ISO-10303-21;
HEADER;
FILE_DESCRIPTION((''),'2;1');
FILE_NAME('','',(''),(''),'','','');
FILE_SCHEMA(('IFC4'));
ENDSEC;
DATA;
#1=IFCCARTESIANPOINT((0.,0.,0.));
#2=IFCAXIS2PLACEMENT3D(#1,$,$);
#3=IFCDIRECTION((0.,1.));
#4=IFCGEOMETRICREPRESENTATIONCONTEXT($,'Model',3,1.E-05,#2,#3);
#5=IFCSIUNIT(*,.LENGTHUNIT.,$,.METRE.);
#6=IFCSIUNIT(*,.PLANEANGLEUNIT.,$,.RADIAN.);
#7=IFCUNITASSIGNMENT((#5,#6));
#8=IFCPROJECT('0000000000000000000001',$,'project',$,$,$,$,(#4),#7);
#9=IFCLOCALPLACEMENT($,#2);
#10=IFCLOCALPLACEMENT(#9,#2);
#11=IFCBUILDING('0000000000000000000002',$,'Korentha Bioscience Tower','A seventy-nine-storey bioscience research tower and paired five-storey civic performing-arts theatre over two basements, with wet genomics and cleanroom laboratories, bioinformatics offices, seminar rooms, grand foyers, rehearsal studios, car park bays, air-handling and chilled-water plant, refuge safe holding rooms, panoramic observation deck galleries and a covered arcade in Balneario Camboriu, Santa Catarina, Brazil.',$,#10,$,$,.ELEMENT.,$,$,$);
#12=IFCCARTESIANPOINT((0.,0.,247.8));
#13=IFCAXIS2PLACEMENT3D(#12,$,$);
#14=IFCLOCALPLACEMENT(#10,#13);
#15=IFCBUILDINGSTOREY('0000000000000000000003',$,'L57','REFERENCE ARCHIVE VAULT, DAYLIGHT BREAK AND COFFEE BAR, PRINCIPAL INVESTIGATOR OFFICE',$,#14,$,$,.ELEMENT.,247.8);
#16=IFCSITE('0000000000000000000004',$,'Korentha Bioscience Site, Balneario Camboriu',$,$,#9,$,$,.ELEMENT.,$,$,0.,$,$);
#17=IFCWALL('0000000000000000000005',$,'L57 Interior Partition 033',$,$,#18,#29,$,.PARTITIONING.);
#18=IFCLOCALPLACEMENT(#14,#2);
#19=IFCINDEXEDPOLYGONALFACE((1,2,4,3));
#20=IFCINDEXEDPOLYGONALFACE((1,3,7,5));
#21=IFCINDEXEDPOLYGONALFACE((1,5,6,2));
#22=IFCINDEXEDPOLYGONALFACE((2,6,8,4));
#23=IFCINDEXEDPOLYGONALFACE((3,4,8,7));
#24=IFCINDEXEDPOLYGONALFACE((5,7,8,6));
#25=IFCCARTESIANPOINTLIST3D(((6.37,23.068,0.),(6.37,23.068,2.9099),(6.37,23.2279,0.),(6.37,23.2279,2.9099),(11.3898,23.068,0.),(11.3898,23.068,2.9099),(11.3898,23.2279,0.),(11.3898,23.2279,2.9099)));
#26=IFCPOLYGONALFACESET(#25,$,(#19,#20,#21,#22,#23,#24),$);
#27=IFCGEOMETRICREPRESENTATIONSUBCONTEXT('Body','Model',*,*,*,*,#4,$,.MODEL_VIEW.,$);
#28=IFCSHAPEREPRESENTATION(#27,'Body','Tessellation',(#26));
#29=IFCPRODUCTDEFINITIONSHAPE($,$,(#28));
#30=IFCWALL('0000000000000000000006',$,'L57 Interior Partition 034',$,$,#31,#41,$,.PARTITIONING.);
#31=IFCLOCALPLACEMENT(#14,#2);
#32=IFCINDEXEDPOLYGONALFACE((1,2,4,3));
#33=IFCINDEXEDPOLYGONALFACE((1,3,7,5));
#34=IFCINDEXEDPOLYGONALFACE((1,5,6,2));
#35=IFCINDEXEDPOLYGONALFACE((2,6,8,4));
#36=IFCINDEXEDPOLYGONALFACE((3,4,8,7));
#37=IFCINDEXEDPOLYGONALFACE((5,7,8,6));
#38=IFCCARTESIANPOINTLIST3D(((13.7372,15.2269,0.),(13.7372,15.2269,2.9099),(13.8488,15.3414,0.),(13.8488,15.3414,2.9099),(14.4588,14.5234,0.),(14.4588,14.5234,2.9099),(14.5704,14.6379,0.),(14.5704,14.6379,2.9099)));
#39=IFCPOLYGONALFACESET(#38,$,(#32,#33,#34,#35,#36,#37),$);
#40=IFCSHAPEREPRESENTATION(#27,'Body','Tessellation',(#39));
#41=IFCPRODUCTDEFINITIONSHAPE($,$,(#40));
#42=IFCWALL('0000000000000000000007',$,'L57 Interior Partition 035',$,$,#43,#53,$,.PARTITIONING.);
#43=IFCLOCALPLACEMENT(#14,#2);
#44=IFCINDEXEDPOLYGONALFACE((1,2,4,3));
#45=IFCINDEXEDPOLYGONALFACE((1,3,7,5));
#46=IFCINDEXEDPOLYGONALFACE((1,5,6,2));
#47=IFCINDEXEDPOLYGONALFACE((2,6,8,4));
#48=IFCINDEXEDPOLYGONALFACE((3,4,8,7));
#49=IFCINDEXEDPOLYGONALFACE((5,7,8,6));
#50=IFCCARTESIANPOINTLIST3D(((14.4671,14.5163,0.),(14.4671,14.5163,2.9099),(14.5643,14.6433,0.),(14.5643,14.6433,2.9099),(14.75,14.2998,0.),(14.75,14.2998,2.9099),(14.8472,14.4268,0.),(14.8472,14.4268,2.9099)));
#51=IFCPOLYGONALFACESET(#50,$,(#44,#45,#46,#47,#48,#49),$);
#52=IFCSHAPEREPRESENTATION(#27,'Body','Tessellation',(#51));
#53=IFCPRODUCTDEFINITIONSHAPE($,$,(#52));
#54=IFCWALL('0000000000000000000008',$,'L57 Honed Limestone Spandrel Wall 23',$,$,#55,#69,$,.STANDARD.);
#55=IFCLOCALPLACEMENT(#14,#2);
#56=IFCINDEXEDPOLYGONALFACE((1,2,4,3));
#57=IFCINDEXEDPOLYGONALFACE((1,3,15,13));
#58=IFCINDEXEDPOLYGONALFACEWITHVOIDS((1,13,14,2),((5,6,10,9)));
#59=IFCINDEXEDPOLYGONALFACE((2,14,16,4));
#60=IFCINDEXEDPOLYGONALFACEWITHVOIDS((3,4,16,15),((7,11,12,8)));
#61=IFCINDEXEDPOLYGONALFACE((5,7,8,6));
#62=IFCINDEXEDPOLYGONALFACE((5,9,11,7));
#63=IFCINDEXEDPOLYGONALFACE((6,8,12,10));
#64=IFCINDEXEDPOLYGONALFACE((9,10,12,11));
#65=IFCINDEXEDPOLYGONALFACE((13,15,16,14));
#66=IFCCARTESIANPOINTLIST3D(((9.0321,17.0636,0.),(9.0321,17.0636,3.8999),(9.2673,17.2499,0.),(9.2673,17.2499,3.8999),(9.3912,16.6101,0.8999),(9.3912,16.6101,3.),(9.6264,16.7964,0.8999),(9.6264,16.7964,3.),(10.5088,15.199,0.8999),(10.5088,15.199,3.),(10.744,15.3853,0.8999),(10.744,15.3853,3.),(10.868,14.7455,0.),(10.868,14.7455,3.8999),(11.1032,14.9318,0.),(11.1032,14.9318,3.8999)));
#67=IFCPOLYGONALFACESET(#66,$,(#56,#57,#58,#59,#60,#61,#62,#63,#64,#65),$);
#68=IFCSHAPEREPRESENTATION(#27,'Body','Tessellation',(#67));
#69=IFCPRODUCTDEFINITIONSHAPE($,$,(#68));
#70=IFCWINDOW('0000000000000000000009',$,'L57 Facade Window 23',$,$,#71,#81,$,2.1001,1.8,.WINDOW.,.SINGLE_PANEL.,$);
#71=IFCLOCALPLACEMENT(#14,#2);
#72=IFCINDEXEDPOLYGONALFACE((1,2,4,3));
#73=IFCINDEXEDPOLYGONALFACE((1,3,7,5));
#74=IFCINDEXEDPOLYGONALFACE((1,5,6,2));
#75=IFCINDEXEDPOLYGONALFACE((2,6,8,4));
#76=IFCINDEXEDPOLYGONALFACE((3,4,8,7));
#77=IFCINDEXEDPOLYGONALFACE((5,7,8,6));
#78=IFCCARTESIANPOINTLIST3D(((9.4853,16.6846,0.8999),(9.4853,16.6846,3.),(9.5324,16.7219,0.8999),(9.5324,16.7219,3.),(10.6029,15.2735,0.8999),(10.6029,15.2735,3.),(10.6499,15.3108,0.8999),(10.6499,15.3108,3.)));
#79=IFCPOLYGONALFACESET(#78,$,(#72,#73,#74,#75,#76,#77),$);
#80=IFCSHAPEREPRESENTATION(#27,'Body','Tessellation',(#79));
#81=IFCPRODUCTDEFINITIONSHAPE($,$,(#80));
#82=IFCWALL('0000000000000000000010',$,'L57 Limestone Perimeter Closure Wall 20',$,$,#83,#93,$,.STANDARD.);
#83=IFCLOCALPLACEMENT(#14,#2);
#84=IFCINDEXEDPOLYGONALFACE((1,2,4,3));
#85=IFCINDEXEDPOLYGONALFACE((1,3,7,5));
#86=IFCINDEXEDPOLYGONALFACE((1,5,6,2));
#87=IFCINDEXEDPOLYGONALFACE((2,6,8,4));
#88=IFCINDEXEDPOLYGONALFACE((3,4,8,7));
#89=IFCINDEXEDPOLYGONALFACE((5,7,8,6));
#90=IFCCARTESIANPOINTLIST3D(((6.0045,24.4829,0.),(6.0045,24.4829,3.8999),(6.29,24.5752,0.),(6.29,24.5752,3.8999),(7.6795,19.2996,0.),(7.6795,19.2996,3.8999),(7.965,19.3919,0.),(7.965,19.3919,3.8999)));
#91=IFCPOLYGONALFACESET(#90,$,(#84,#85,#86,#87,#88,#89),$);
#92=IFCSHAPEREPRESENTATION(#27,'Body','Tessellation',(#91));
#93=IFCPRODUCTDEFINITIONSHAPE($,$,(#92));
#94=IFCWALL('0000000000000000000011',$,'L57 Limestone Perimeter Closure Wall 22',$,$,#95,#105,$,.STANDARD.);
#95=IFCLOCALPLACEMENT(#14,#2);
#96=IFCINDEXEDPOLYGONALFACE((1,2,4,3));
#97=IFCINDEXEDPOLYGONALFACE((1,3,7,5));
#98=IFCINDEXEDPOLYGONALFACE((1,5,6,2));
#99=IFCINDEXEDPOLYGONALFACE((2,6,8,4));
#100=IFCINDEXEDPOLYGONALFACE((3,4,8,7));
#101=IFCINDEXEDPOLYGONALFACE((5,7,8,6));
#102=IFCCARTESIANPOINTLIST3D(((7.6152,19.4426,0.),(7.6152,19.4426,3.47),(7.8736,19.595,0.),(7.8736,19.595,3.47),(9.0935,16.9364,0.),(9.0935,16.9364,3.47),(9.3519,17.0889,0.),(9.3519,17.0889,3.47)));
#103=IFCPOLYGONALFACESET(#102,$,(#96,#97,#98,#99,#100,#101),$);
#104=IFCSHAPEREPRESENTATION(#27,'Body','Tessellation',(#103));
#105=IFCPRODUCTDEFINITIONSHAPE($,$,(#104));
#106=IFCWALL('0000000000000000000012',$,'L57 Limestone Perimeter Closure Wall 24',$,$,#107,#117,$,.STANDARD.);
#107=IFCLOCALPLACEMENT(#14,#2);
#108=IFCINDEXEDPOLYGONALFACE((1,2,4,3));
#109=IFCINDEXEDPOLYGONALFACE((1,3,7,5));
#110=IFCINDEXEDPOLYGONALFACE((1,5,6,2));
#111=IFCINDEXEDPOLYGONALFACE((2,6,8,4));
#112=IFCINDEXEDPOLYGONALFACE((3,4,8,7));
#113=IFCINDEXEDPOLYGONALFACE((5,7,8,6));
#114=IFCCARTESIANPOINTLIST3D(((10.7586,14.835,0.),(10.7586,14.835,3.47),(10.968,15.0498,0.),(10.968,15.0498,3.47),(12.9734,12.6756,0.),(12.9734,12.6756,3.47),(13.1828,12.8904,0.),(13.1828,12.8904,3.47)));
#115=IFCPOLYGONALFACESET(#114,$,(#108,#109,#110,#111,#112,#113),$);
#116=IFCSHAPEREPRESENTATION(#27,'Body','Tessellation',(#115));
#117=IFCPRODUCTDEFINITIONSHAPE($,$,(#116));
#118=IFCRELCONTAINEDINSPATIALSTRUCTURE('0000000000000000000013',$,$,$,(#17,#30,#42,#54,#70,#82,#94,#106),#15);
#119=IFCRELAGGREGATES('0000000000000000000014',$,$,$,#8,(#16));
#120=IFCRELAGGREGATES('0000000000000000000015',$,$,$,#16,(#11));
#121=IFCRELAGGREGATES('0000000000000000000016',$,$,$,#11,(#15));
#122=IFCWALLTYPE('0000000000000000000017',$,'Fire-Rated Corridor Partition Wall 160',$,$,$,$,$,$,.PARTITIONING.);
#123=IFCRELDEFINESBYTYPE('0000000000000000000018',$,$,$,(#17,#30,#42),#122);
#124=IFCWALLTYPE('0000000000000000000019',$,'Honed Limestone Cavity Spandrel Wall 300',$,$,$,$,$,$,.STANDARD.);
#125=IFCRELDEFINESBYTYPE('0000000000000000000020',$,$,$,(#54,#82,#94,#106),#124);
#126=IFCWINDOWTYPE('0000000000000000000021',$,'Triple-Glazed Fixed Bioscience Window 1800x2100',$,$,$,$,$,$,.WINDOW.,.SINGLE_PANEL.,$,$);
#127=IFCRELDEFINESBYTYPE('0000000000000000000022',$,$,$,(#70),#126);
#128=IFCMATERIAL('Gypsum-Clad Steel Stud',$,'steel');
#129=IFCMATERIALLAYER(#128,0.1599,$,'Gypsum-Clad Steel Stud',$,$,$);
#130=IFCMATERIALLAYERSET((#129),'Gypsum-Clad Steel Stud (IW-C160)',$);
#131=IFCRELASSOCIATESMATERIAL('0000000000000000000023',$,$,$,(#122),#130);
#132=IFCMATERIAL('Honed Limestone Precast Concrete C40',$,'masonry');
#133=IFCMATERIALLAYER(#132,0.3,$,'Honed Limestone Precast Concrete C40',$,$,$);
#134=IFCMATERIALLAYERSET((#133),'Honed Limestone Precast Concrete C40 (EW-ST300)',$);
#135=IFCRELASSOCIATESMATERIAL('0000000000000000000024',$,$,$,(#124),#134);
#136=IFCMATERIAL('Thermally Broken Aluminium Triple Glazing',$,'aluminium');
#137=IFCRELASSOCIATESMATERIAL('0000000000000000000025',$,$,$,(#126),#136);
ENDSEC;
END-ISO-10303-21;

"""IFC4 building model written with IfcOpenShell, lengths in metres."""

from ifc_helpers import new_model, si_unit, direction, frame, frame_2d, origin, place, context, subcontext, project, spatial, rectangle, extrude, material, layer, layer_set, type_object, element, fill, save


model = new_model("IFC4")

# Units and contexts
model_context = context("Model", 3, precision=1e-05, world=origin(), true_north=direction((0.0, 1.0)))
body_context = subcontext(model_context, "Body", "Model", "MODEL_VIEW")
ifc_project = project(units=[si_unit("LENGTHUNIT", "METRE"), si_unit("PLANEANGLEUNIT", "RADIAN")], contexts=[model_context])

# Site, building, storey
site_placement = place(None, origin())
site = spatial("IfcSite", under=ifc_project, at=site_placement, Name="Korentha Bioscience Site, Balneario Camboriu", CompositionType="ELEMENT", RefElevation=0.0)
building_placement = place(site_placement, origin())
building = spatial("IfcBuilding", under=site, at=building_placement, Name="Korentha Bioscience Tower", Description="A seventy-nine-storey bioscience research tower and paired five-storey civic performing-arts theatre over two basements, with wet genomics and cleanroom laboratories, bioinformatics offices, seminar rooms, grand foyers, rehearsal studios, car park bays, air-handling and chilled-water plant, refuge safe holding rooms, panoramic observation deck galleries and a covered arcade in Balneario Camboriu, Santa Catarina, Brazil.", CompositionType="ELEMENT")
storey_placement = place(building_placement, frame((0.0, 0.0, 247.8)))
storey = spatial("IfcBuildingStorey", under=building, at=storey_placement, Name="L57", Description="REFERENCE ARCHIVE VAULT, DAYLIGHT BREAK AND COFFEE BAR, PRINCIPAL INVESTIGATOR OFFICE", CompositionType="ELEMENT", Elevation=247.8)

# Shared definitions
ifc_material_1 = material(Name="Gypsum-Clad Steel Stud", Category="steel")
ifc_layer_1 = layer(ifc_material_1, 0.1599, Name="Gypsum-Clad Steel Stud")
ifc_layer_set_1 = layer_set([ifc_layer_1], Name="Gypsum-Clad Steel Stud (IW-C160)")
wall_type_1 = type_object("IfcWallType", Name="Fire-Rated Corridor Partition Wall 160", PredefinedType="PARTITIONING", material=ifc_layer_set_1)

# Walls
wall_1_placement = place(storey_placement, frame((6.3701, 23.1479, 0.0), z_axis=(0.0, 0.0, 1.0), x_axis=(1.0, 0.0, 0.0)))
element("IfcWall", 1, at=wall_1_placement, inside=storey, type_object=wall_type_1, Name="L57 Interior Partition 033", PredefinedType="PARTITIONING", context=body_context, shape_type="SweptSolid", body=[
    extrude(rectangle(XDim=5.0198, YDim=0.1599, at=frame_2d((2.5098, 0.0))), origin(), (0.0, 0.0, 1.0), 2.9099),
])
wall_2_placement = place(storey_placement, frame((13.793, 15.2842, 0.0), z_axis=(0.0, 0.0, 1.0), x_axis=(0.716012, -0.698088, 0.0)))
element("IfcWall", 2, at=wall_2_placement, inside=storey, type_object=wall_type_1, Name="L57 Interior Partition 034", PredefinedType="PARTITIONING", context=body_context, shape_type="SweptSolid", body=[
    extrude(rectangle(XDim=1.0078, YDim=0.1599, at=frame_2d((0.5039, 0.0))), origin(), (0.0, 0.0, 1.0), 2.9099),
])
wall_3_placement = place(storey_placement, frame((14.5156, 14.5798, 0.0), z_axis=(0.0, 0.0, 1.0), x_axis=(0.794124, -0.607755, 0.0)))
element("IfcWall", 3, at=wall_3_placement, inside=storey, type_object=wall_type_1, Name="L57 Interior Partition 035", PredefinedType="PARTITIONING", context=body_context, shape_type="SweptSolid", body=[
    extrude(rectangle(XDim=0.3562, YDim=0.1599, at=frame_2d((0.1782, 0.0))), origin(), (0.0, 0.0, 1.0), 2.9099),
])

# Wall, opening, window
ifc_material_2 = material(Name="Honed Limestone Precast Concrete C40", Category="masonry")
ifc_layer_2 = layer(ifc_material_2, 0.3, Name="Honed Limestone Precast Concrete C40")
ifc_layer_set_2 = layer_set([ifc_layer_2], Name="Honed Limestone Precast Concrete C40 (EW-ST300)")
wall_type_2 = type_object("IfcWallType", Name="Honed Limestone Cavity Spandrel Wall 300", PredefinedType="STANDARD", material=ifc_layer_set_2)
wall_4_placement = place(storey_placement, frame((9.1497, 17.1567, 0.0), z_axis=(0.0, 0.0, 1.0), x_axis=(0.620862, -0.78392, 0.0)))
wall_4 = element("IfcWall", 4, at=wall_4_placement, inside=storey, type_object=wall_type_2, Name="L57 Honed Limestone Spandrel Wall 23", PredefinedType="STANDARD", context=body_context, shape_type="SweptSolid", body=[
    extrude(rectangle(XDim=2.957, YDim=0.3, at=frame_2d((1.4785, 0.0))), origin(), (0.0, 0.0, 1.0), 3.8999),
])
opening_1_placement = place(wall_4_placement, frame((0.5786, 0.0, 0.8999)))
opening_1 = element("IfcOpeningElement", 5, at=opening_1_placement, cuts=wall_4, PredefinedType="OPENING", context=body_context, shape_type="SweptSolid", body=[
    extrude(rectangle(XDim=1.8, YDim=2.1001, at=frame_2d((0.8999, 1.05))), frame((0.0, 0.165, 0.0), z_axis=(0.0, -1.0, 0.0), x_axis=(1.0, 0.0, 0.0)), (0.0, 0.0, 1.0), 0.3298),
])
ifc_material_3 = material(Name="Thermally Broken Aluminium Triple Glazing", Category="aluminium")
window_type = type_object("IfcWindowType", Name="Triple-Glazed Fixed Bioscience Window 1800x2100", PartitioningType="SINGLE_PANEL", PredefinedType="WINDOW", material=ifc_material_3)
window_placement = place(opening_1_placement, origin())
window = element("IfcWindow", 6, at=window_placement, inside=storey, type_object=window_type, Name="L57 Facade Window 23", OverallHeight=2.1001, OverallWidth=1.8, PartitioningType="SINGLE_PANEL", PredefinedType="WINDOW", context=body_context, shape_type="SweptSolid", body=[
    extrude(rectangle(XDim=1.8, YDim=2.1001, at=frame_2d((0.8999, 1.05))), frame((0.0, 0.03, 0.0), z_axis=(0.0, -1.0, 0.0), x_axis=(1.0, 0.0, 0.0)), (0.0, 0.0, 1.0), 0.0601),
])
fill(opening_1, window)

# Walls
wall_5_placement = place(storey_placement, frame((6.1472, 24.5291, 0.0), z_axis=(0.0, 0.0, 1.0), x_axis=(0.307502, -0.951548, 0.0)))
element("IfcWall", 7, at=wall_5_placement, inside=storey, type_object=wall_type_2, Name="L57 Limestone Perimeter Closure Wall 20", PredefinedType="STANDARD", context=body_context, shape_type="SweptSolid", body=[
    extrude(rectangle(XDim=5.4473, YDim=0.3, at=frame_2d((2.7236, 0.0))), origin(), (0.0, 0.0, 1.0), 3.8999),
])
wall_6_placement = place(storey_placement, frame((7.7444, 19.5188, 0.0), z_axis=(0.0, 0.0, 1.0), x_axis=(0.508065, -0.861319, 0.0)))
element("IfcWall", 8, at=wall_6_placement, inside=storey, type_object=wall_type_2, Name="L57 Limestone Perimeter Closure Wall 22", PredefinedType="STANDARD", context=body_context, shape_type="SweptSolid", body=[
    extrude(rectangle(XDim=2.9097, YDim=0.3, at=frame_2d((1.4548, 0.0))), origin(), (0.0, 0.0, 1.0), 3.47),
])
wall_7_placement = place(storey_placement, frame((10.8633, 14.9424, 0.0), z_axis=(0.0, 0.0, 1.0), x_axis=(0.716008, -0.698092, 0.0)))
element("IfcWall", 9, at=wall_7_placement, inside=storey, type_object=wall_type_2, Name="L57 Limestone Perimeter Closure Wall 24", PredefinedType="STANDARD", context=body_context, shape_type="SweptSolid", body=[
    extrude(rectangle(XDim=3.0933, YDim=0.3, at=frame_2d((1.5466, 0.0))), origin(), (0.0, 0.0, 1.0), 3.47),
])

save(model, "model.ifc")
